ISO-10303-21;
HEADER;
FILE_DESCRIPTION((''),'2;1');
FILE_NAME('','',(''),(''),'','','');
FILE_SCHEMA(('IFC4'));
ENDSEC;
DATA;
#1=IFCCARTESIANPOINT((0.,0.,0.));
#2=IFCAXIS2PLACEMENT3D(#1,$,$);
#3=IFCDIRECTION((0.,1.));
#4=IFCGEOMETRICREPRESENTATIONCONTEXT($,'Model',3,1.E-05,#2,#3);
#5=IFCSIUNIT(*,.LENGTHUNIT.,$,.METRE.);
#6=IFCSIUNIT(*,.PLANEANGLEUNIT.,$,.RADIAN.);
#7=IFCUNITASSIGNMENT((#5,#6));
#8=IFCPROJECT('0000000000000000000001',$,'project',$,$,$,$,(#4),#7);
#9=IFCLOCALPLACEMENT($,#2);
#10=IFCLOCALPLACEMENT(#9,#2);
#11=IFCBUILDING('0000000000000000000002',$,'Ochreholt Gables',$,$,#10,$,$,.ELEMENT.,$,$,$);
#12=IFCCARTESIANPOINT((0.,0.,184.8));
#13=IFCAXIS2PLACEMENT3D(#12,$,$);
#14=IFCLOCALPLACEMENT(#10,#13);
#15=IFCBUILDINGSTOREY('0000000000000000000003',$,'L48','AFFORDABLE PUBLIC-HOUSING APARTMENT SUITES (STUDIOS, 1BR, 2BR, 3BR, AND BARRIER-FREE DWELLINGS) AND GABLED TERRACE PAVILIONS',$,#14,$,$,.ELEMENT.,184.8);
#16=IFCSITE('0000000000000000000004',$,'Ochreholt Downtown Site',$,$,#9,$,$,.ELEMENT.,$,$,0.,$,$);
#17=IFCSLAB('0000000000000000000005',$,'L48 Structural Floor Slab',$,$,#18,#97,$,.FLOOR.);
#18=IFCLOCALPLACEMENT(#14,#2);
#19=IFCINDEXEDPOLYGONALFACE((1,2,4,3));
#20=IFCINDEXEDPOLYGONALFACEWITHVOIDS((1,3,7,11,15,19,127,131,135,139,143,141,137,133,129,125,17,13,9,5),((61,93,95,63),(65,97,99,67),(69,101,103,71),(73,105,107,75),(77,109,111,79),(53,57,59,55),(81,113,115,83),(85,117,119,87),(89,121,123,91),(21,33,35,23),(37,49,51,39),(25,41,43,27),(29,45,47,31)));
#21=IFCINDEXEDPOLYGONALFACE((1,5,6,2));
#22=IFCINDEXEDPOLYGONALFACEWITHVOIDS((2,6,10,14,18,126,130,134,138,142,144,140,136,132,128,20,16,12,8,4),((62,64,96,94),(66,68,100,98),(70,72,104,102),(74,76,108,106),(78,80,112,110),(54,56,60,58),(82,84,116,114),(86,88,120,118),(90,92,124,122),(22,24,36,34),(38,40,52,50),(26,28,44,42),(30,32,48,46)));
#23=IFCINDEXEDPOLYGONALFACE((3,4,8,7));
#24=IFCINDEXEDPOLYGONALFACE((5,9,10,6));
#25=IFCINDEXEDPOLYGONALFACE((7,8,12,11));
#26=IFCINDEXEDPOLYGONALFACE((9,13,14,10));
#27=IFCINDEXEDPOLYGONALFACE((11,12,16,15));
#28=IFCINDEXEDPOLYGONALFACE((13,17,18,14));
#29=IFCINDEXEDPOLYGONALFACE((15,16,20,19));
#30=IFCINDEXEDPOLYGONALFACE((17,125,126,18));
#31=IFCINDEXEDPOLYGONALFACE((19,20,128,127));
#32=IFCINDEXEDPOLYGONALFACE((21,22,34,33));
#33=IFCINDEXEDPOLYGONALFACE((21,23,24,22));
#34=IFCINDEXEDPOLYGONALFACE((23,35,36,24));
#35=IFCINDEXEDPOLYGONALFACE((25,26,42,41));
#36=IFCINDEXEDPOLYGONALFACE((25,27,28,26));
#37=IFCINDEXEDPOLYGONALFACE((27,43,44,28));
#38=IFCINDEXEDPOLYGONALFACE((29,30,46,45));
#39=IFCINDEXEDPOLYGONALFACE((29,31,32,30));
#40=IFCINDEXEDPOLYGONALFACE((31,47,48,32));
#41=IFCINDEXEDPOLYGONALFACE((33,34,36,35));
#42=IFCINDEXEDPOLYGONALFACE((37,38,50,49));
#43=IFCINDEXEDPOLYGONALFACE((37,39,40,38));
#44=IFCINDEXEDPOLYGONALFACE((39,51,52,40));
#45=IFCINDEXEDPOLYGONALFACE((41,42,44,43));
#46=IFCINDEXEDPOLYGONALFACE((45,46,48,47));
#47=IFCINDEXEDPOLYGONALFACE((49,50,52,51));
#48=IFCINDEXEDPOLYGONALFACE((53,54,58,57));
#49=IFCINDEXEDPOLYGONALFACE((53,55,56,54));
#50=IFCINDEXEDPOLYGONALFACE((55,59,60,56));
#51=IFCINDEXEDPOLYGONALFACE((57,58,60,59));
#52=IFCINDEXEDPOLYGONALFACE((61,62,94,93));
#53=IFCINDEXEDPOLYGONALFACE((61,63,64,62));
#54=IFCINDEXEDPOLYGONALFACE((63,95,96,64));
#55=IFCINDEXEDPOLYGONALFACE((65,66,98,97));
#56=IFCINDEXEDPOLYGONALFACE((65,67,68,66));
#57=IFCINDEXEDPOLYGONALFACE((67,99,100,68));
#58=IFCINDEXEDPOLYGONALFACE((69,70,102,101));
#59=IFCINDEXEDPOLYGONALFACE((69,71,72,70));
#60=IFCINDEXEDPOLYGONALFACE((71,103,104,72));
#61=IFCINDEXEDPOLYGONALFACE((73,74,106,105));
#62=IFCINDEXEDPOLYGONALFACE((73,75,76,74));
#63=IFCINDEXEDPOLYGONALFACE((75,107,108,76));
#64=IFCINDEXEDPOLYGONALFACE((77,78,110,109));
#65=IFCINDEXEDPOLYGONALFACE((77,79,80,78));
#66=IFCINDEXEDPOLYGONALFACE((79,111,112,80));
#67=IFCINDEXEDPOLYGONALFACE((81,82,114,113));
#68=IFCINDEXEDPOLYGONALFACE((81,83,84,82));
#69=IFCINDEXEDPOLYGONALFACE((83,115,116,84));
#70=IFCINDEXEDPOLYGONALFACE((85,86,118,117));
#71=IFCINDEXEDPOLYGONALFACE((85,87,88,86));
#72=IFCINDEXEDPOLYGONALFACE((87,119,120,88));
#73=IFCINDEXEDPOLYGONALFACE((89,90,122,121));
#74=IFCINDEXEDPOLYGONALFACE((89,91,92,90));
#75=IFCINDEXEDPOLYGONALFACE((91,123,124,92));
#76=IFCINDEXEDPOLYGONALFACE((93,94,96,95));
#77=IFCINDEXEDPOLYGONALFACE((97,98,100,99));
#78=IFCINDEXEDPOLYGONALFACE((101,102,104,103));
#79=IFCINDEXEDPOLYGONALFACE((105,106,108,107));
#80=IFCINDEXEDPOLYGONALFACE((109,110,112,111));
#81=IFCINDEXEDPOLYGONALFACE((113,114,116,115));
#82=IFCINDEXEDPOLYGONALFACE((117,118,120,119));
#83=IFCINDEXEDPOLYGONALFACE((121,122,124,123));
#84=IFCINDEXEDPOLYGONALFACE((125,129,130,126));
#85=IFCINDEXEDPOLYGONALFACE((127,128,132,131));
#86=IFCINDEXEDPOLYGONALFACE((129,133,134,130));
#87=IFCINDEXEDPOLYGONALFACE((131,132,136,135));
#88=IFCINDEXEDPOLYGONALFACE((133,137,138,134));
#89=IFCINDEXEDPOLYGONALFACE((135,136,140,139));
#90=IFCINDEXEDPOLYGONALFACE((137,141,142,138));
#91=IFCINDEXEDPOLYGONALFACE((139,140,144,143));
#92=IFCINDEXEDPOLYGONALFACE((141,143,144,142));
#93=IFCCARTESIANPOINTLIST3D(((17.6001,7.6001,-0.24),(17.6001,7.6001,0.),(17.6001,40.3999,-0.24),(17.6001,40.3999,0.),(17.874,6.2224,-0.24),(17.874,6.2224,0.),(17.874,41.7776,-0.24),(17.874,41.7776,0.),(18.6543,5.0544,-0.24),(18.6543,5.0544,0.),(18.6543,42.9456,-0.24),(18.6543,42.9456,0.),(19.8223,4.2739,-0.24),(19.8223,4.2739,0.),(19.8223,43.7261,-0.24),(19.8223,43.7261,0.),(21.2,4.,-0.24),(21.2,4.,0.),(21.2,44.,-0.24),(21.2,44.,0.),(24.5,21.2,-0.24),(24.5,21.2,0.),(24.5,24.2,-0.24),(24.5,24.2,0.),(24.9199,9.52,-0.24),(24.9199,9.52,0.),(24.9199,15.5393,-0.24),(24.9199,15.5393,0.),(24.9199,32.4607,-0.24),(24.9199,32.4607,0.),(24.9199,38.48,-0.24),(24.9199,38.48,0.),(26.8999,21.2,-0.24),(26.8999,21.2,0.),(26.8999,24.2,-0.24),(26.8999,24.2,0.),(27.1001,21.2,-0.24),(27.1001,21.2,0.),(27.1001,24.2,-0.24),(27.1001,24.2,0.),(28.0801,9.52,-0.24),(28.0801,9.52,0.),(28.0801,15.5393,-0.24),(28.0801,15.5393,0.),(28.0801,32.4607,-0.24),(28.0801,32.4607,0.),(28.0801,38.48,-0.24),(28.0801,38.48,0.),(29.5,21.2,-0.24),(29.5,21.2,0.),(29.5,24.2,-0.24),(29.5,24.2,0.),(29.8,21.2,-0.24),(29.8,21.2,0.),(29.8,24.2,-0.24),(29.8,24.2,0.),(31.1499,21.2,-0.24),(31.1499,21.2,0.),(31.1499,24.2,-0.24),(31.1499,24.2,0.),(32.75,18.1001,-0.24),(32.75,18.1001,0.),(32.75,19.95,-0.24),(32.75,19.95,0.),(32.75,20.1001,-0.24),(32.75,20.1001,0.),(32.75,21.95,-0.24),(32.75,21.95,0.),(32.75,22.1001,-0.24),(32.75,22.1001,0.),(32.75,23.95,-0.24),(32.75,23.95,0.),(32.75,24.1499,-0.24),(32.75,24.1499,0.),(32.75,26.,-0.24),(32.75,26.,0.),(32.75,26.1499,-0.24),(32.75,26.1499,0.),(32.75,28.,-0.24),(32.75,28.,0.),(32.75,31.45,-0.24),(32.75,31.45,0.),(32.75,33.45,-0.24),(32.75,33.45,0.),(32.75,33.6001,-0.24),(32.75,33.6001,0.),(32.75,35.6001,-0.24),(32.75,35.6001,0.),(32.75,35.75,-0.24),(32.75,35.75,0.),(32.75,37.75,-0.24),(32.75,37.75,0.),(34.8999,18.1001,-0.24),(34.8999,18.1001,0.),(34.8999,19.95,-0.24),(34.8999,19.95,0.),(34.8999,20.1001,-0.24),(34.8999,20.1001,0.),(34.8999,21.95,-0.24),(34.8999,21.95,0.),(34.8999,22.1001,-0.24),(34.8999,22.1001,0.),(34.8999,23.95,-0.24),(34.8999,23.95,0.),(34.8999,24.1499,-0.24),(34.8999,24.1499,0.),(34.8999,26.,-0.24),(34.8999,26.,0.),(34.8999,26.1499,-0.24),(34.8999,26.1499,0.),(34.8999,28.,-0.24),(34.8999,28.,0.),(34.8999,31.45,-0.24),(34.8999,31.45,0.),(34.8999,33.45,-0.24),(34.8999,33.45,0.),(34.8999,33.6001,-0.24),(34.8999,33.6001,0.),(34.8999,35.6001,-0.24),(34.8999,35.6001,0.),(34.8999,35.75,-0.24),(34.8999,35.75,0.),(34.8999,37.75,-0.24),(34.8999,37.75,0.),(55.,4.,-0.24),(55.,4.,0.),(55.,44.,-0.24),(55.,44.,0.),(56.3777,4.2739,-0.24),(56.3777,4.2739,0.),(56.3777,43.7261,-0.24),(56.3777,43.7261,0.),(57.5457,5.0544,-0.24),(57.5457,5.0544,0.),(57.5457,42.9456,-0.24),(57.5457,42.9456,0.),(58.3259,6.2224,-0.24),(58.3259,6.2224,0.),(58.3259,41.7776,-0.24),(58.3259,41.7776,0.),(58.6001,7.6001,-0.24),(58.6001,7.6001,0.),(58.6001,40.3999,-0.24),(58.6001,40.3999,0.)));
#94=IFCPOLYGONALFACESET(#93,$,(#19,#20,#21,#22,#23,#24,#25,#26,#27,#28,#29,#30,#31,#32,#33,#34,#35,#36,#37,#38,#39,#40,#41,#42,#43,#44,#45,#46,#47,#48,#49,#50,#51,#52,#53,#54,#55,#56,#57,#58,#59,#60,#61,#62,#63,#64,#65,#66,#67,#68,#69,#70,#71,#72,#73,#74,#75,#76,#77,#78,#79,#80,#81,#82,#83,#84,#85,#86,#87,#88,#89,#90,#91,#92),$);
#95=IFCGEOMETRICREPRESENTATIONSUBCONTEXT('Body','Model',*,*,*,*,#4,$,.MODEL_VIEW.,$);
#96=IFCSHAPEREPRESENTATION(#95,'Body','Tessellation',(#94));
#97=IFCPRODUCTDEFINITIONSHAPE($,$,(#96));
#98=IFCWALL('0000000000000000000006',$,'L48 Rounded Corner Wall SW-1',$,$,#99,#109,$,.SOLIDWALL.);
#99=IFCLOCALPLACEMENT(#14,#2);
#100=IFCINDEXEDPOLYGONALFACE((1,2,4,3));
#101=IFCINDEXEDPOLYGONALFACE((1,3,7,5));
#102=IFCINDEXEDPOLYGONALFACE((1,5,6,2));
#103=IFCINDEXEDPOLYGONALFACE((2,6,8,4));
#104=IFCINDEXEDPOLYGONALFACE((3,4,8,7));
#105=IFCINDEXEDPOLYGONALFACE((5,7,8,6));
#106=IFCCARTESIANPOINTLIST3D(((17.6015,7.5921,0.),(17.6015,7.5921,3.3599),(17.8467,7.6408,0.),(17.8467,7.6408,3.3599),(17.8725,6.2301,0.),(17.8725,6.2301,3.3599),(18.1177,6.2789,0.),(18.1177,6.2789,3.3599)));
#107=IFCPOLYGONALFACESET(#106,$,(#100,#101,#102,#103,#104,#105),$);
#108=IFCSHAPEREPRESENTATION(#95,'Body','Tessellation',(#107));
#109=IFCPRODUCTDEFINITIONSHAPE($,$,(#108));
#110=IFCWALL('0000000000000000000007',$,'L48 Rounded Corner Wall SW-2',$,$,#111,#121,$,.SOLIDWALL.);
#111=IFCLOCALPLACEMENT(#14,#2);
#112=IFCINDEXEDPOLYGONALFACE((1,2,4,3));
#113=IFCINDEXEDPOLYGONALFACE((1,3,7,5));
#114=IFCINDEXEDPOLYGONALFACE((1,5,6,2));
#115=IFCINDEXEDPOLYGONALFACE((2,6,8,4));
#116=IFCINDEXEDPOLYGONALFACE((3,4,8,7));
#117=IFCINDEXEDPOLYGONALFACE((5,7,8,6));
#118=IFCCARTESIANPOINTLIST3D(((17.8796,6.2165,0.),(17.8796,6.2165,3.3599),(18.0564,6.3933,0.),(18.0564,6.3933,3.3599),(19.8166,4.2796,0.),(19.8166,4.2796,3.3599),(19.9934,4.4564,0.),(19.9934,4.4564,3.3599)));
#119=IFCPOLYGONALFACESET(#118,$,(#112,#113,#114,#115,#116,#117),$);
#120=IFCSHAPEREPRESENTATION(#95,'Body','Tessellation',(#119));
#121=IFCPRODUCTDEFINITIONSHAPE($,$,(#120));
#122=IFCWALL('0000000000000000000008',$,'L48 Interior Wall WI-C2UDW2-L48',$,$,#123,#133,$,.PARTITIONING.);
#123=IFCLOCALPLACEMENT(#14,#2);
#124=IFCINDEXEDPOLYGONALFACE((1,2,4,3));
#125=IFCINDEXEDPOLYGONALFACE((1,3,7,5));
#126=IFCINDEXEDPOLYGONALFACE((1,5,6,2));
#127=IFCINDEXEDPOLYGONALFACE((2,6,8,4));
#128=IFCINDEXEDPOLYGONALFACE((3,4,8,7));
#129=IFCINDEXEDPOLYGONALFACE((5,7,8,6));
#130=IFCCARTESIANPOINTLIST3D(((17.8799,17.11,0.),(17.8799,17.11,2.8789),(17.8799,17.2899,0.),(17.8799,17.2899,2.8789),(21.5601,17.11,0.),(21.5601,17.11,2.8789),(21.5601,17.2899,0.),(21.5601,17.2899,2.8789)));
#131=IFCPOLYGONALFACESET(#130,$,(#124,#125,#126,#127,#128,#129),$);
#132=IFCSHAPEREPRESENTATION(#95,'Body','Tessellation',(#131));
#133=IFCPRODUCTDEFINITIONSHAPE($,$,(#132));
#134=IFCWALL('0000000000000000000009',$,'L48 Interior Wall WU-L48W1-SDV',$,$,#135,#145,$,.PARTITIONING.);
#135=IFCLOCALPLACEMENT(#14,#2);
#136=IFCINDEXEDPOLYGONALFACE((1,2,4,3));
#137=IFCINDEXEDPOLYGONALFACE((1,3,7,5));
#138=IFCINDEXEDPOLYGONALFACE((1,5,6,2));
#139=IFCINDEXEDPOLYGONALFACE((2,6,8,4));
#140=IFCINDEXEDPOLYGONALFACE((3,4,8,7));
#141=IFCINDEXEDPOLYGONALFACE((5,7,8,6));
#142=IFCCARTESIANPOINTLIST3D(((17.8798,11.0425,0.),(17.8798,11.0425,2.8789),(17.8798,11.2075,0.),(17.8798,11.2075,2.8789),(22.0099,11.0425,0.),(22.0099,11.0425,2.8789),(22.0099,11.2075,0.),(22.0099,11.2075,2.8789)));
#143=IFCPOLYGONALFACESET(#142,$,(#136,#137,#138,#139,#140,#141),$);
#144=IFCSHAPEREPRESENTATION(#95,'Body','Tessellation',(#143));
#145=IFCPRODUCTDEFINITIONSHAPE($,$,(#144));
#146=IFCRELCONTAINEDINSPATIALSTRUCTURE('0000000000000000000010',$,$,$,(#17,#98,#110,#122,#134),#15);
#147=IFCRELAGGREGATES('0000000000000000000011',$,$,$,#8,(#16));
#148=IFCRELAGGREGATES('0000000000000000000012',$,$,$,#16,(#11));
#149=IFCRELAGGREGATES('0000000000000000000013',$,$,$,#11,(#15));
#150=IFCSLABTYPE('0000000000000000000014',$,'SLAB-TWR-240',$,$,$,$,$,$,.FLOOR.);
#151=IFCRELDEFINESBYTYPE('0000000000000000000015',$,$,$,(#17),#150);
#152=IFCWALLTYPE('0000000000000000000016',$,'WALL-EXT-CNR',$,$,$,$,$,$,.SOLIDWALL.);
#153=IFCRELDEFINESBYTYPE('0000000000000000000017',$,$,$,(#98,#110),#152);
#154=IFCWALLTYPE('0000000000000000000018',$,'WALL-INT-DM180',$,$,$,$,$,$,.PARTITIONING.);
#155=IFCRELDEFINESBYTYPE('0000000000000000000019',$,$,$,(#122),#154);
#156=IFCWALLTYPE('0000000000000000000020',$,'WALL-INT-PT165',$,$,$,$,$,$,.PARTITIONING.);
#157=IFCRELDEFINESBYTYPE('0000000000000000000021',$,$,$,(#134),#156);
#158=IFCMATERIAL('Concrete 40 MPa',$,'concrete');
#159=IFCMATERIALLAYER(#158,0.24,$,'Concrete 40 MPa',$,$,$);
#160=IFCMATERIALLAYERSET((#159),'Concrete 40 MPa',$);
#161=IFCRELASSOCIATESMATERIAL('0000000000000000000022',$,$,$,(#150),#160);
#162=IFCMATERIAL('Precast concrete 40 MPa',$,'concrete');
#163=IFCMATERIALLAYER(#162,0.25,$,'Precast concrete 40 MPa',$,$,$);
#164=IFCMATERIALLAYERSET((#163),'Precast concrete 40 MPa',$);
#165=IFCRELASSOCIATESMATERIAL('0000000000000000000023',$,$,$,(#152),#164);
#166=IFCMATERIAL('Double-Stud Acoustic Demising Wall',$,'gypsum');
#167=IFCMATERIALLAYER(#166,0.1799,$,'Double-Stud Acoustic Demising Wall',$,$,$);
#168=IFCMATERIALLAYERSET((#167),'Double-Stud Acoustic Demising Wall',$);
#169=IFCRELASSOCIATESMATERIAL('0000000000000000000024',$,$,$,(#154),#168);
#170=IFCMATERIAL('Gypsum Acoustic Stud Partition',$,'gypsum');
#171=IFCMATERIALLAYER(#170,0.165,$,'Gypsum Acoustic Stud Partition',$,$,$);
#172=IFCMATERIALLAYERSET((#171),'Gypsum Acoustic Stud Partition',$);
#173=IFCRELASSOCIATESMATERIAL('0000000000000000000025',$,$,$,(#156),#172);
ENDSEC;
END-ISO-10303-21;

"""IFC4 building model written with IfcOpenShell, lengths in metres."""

from ifc_helpers import new_model, si_unit, direction, frame, frame_2d, origin, place, context, subcontext, project, spatial, polyline, rectangle, outline, extrude, material, layer, layer_set, type_object, element, save


model = new_model("IFC4")

# Units and contexts
model_context = context("Model", 3, precision=1e-05, world=origin(), true_north=direction((0.0, 1.0)))
body_context = subcontext(model_context, "Body", "Model", "MODEL_VIEW")
ifc_project = project(units=[si_unit("LENGTHUNIT", "METRE"), si_unit("PLANEANGLEUNIT", "RADIAN")], contexts=[model_context])

# Site, building, storey
site_placement = place(None, origin())
site = spatial("IfcSite", under=ifc_project, at=site_placement, Name="Ochreholt Downtown Site", CompositionType="ELEMENT", RefElevation=0.0)
building_placement = place(site_placement, origin())
building = spatial("IfcBuilding", under=site, at=building_placement, Name="Ochreholt Gables", CompositionType="ELEMENT")
storey_placement = place(building_placement, frame((0.0, 0.0, 184.8)))
storey = spatial("IfcBuildingStorey", under=building, at=storey_placement, Name="L48", Description="AFFORDABLE PUBLIC-HOUSING APARTMENT SUITES (STUDIOS, 1BR, 2BR, 3BR, AND BARRIER-FREE DWELLINGS) AND GABLED TERRACE PAVILIONS", CompositionType="ELEMENT", Elevation=184.8)

# Shared definitions
ifc_material_1 = material(Name="Concrete 40 MPa", Category="concrete")

# Slab
ifc_layer_1 = layer(ifc_material_1, 0.24, Name="Concrete 40 MPa")
ifc_layer_set_1 = layer_set([ifc_layer_1], Name="Concrete 40 MPa")
slab_type_1 = type_object("IfcSlabType", Name="SLAB-TWR-240", PredefinedType="FLOOR", material=ifc_layer_set_1)
slab_1_placement = place(storey_placement, frame((0.0, 0.0, -0.24)))
element("IfcSlab", 1, at=slab_1_placement, inside=storey, type_object=slab_type_1, Name="L48 Structural Floor Slab", PredefinedType="FLOOR", context=body_context, shape_type="SweptSolid", body=[
    extrude(outline(polyline([(17.6001, 7.6001), (17.874, 6.2224), (18.6543, 5.0544), (19.8223, 4.2739), (21.2, 4.0), (55.0, 4.0), (56.3777, 4.2739), (57.5457, 5.0544), (58.3259, 6.2224), (58.6001, 7.6001), (58.6001, 40.3999), (58.3259, 41.7776), (57.5457, 42.9456), (56.3777, 43.7261), (55.0, 44.0), (21.2, 44.0), (19.8223, 43.7261), (18.6543, 42.9456), (17.874, 41.7776), (17.6001, 40.3999), (17.6001, 7.6001)]), holes=[polyline([(24.9199, 15.5393), (24.9199, 9.52), (28.0801, 9.52), (28.0801, 15.5393), (24.9199, 15.5393)]), polyline([(28.0801, 32.4607), (28.0801, 38.48), (24.9199, 38.48), (24.9199, 32.4607), (28.0801, 32.4607)]), polyline([(24.5, 21.2), (26.8999, 21.2), (26.8999, 24.2), (24.5, 24.2), (24.5, 21.2)]), polyline([(27.1001, 21.2), (29.5, 21.2), (29.5, 24.2), (27.1001, 24.2), (27.1001, 21.2)]), polyline([(32.75, 18.1001), (34.8999, 18.1001), (34.8999, 19.95), (32.75, 19.95), (32.75, 18.1001)]), polyline([(32.75, 20.1001), (34.8999, 20.1001), (34.8999, 21.95), (32.75, 21.95), (32.75, 20.1001)]), polyline([(32.75, 22.1001), (34.8999, 22.1001), (34.8999, 23.95), (32.75, 23.95), (32.75, 22.1001)]), polyline([(32.75, 24.1499), (34.8999, 24.1499), (34.8999, 26.0), (32.75, 26.0), (32.75, 24.1499)]), polyline([(32.75, 26.1499), (34.8999, 26.1499), (34.8999, 28.0), (32.75, 28.0), (32.75, 26.1499)]), polyline([(32.75, 31.45), (34.8999, 31.45), (34.8999, 33.45), (32.75, 33.45), (32.75, 31.45)]), polyline([(32.75, 33.6001), (34.8999, 33.6001), (34.8999, 35.6001), (32.75, 35.6001), (32.75, 33.6001)]), polyline([(32.75, 35.75), (34.8999, 35.75), (34.8999, 37.75), (32.75, 37.75), (32.75, 35.75)]), polyline([(29.8, 21.2), (31.1499, 21.2), (31.1499, 24.2), (29.8, 24.2), (29.8, 21.2)])]), origin(), (0.0, 0.0, 1.0), 0.24),
])

# Walls
ifc_material_2 = material(Name="Precast concrete 40 MPa", Category="concrete")
ifc_layer_2 = layer(ifc_material_2, 0.25, Name="Precast concrete 40 MPa")
ifc_layer_set_2 = layer_set([ifc_layer_2], Name="Precast concrete 40 MPa")
wall_type_1 = type_object("IfcWallType", Name="WALL-EXT-CNR", PredefinedType="SOLIDWALL", material=ifc_layer_set_2)
wall_1_placement = place(storey_placement, frame((17.7241, 7.6165, 0.0), z_axis=(0.0, 0.0, 1.0), x_axis=(0.195136, -0.980776, 0.0)))
element("IfcWall", 2, at=wall_1_placement, inside=storey, type_object=wall_type_1, Name="L48 Rounded Corner Wall SW-1", PredefinedType="SOLIDWALL", context=body_context, shape_type="SweptSolid", body=[
    extrude(rectangle(XDim=1.3887, YDim=0.25, at=frame_2d((0.6943, 0.0))), origin(), (0.0, 0.0, 1.0), 3.3599),
])
wall_2_placement = place(storey_placement, frame((17.968, 6.3049, 0.0), z_axis=(0.0, 0.0, 1.0), x_axis=(0.707107, -0.707107, 0.0)))
element("IfcWall", 3, at=wall_2_placement, inside=storey, type_object=wall_type_1, Name="L48 Rounded Corner Wall SW-2", PredefinedType="SOLIDWALL", context=body_context, shape_type="SweptSolid", body=[
    extrude(rectangle(XDim=2.7393, YDim=0.25, at=frame_2d((1.3696, 0.0))), origin(), (0.0, 0.0, 1.0), 3.3599),
])
ifc_material_3 = material(Name="Double-Stud Acoustic Demising Wall", Category="gypsum")
ifc_layer_3 = layer(ifc_material_3, 0.1799, Name="Double-Stud Acoustic Demising Wall")
ifc_layer_set_3 = layer_set([ifc_layer_3], Name="Double-Stud Acoustic Demising Wall")
wall_type_2 = type_object("IfcWallType", Name="WALL-INT-DM180", PredefinedType="PARTITIONING", material=ifc_layer_set_3)
wall_3_placement = place(storey_placement, frame((17.8799, 17.2, 0.0), z_axis=(0.0, 0.0, 1.0), x_axis=(1.0, 0.0, 0.0)))
element("IfcWall", 4, at=wall_3_placement, inside=storey, type_object=wall_type_2, Name="L48 Interior Wall WI-C2UDW2-L48", PredefinedType="PARTITIONING", context=body_context, shape_type="SweptSolid", body=[
    extrude(rectangle(XDim=3.6802, YDim=0.1799, at=frame_2d((1.8401, 0.0))), origin(), (0.0, 0.0, 1.0), 2.8789),
])
ifc_material_4 = material(Name="Gypsum Acoustic Stud Partition", Category="gypsum")
ifc_layer_4 = layer(ifc_material_4, 0.165, Name="Gypsum Acoustic Stud Partition")
ifc_layer_set_4 = layer_set([ifc_layer_4], Name="Gypsum Acoustic Stud Partition")
wall_type_3 = type_object("IfcWallType", Name="WALL-INT-PT165", PredefinedType="PARTITIONING", material=ifc_layer_set_4)
wall_4_placement = place(storey_placement, frame((17.8799, 11.125, 0.0), z_axis=(0.0, 0.0, 1.0), x_axis=(1.0, 0.0, 0.0)))
element("IfcWall", 5, at=wall_4_placement, inside=storey, type_object=wall_type_3, Name="L48 Interior Wall WU-L48W1-SDV", PredefinedType="PARTITIONING", context=body_context, shape_type="SweptSolid", body=[
    extrude(rectangle(XDim=4.1301, YDim=0.165, at=frame_2d((2.0649, 0.0))), origin(), (0.0, 0.0, 1.0), 2.8789),
])

save(model, "model.ifc")
